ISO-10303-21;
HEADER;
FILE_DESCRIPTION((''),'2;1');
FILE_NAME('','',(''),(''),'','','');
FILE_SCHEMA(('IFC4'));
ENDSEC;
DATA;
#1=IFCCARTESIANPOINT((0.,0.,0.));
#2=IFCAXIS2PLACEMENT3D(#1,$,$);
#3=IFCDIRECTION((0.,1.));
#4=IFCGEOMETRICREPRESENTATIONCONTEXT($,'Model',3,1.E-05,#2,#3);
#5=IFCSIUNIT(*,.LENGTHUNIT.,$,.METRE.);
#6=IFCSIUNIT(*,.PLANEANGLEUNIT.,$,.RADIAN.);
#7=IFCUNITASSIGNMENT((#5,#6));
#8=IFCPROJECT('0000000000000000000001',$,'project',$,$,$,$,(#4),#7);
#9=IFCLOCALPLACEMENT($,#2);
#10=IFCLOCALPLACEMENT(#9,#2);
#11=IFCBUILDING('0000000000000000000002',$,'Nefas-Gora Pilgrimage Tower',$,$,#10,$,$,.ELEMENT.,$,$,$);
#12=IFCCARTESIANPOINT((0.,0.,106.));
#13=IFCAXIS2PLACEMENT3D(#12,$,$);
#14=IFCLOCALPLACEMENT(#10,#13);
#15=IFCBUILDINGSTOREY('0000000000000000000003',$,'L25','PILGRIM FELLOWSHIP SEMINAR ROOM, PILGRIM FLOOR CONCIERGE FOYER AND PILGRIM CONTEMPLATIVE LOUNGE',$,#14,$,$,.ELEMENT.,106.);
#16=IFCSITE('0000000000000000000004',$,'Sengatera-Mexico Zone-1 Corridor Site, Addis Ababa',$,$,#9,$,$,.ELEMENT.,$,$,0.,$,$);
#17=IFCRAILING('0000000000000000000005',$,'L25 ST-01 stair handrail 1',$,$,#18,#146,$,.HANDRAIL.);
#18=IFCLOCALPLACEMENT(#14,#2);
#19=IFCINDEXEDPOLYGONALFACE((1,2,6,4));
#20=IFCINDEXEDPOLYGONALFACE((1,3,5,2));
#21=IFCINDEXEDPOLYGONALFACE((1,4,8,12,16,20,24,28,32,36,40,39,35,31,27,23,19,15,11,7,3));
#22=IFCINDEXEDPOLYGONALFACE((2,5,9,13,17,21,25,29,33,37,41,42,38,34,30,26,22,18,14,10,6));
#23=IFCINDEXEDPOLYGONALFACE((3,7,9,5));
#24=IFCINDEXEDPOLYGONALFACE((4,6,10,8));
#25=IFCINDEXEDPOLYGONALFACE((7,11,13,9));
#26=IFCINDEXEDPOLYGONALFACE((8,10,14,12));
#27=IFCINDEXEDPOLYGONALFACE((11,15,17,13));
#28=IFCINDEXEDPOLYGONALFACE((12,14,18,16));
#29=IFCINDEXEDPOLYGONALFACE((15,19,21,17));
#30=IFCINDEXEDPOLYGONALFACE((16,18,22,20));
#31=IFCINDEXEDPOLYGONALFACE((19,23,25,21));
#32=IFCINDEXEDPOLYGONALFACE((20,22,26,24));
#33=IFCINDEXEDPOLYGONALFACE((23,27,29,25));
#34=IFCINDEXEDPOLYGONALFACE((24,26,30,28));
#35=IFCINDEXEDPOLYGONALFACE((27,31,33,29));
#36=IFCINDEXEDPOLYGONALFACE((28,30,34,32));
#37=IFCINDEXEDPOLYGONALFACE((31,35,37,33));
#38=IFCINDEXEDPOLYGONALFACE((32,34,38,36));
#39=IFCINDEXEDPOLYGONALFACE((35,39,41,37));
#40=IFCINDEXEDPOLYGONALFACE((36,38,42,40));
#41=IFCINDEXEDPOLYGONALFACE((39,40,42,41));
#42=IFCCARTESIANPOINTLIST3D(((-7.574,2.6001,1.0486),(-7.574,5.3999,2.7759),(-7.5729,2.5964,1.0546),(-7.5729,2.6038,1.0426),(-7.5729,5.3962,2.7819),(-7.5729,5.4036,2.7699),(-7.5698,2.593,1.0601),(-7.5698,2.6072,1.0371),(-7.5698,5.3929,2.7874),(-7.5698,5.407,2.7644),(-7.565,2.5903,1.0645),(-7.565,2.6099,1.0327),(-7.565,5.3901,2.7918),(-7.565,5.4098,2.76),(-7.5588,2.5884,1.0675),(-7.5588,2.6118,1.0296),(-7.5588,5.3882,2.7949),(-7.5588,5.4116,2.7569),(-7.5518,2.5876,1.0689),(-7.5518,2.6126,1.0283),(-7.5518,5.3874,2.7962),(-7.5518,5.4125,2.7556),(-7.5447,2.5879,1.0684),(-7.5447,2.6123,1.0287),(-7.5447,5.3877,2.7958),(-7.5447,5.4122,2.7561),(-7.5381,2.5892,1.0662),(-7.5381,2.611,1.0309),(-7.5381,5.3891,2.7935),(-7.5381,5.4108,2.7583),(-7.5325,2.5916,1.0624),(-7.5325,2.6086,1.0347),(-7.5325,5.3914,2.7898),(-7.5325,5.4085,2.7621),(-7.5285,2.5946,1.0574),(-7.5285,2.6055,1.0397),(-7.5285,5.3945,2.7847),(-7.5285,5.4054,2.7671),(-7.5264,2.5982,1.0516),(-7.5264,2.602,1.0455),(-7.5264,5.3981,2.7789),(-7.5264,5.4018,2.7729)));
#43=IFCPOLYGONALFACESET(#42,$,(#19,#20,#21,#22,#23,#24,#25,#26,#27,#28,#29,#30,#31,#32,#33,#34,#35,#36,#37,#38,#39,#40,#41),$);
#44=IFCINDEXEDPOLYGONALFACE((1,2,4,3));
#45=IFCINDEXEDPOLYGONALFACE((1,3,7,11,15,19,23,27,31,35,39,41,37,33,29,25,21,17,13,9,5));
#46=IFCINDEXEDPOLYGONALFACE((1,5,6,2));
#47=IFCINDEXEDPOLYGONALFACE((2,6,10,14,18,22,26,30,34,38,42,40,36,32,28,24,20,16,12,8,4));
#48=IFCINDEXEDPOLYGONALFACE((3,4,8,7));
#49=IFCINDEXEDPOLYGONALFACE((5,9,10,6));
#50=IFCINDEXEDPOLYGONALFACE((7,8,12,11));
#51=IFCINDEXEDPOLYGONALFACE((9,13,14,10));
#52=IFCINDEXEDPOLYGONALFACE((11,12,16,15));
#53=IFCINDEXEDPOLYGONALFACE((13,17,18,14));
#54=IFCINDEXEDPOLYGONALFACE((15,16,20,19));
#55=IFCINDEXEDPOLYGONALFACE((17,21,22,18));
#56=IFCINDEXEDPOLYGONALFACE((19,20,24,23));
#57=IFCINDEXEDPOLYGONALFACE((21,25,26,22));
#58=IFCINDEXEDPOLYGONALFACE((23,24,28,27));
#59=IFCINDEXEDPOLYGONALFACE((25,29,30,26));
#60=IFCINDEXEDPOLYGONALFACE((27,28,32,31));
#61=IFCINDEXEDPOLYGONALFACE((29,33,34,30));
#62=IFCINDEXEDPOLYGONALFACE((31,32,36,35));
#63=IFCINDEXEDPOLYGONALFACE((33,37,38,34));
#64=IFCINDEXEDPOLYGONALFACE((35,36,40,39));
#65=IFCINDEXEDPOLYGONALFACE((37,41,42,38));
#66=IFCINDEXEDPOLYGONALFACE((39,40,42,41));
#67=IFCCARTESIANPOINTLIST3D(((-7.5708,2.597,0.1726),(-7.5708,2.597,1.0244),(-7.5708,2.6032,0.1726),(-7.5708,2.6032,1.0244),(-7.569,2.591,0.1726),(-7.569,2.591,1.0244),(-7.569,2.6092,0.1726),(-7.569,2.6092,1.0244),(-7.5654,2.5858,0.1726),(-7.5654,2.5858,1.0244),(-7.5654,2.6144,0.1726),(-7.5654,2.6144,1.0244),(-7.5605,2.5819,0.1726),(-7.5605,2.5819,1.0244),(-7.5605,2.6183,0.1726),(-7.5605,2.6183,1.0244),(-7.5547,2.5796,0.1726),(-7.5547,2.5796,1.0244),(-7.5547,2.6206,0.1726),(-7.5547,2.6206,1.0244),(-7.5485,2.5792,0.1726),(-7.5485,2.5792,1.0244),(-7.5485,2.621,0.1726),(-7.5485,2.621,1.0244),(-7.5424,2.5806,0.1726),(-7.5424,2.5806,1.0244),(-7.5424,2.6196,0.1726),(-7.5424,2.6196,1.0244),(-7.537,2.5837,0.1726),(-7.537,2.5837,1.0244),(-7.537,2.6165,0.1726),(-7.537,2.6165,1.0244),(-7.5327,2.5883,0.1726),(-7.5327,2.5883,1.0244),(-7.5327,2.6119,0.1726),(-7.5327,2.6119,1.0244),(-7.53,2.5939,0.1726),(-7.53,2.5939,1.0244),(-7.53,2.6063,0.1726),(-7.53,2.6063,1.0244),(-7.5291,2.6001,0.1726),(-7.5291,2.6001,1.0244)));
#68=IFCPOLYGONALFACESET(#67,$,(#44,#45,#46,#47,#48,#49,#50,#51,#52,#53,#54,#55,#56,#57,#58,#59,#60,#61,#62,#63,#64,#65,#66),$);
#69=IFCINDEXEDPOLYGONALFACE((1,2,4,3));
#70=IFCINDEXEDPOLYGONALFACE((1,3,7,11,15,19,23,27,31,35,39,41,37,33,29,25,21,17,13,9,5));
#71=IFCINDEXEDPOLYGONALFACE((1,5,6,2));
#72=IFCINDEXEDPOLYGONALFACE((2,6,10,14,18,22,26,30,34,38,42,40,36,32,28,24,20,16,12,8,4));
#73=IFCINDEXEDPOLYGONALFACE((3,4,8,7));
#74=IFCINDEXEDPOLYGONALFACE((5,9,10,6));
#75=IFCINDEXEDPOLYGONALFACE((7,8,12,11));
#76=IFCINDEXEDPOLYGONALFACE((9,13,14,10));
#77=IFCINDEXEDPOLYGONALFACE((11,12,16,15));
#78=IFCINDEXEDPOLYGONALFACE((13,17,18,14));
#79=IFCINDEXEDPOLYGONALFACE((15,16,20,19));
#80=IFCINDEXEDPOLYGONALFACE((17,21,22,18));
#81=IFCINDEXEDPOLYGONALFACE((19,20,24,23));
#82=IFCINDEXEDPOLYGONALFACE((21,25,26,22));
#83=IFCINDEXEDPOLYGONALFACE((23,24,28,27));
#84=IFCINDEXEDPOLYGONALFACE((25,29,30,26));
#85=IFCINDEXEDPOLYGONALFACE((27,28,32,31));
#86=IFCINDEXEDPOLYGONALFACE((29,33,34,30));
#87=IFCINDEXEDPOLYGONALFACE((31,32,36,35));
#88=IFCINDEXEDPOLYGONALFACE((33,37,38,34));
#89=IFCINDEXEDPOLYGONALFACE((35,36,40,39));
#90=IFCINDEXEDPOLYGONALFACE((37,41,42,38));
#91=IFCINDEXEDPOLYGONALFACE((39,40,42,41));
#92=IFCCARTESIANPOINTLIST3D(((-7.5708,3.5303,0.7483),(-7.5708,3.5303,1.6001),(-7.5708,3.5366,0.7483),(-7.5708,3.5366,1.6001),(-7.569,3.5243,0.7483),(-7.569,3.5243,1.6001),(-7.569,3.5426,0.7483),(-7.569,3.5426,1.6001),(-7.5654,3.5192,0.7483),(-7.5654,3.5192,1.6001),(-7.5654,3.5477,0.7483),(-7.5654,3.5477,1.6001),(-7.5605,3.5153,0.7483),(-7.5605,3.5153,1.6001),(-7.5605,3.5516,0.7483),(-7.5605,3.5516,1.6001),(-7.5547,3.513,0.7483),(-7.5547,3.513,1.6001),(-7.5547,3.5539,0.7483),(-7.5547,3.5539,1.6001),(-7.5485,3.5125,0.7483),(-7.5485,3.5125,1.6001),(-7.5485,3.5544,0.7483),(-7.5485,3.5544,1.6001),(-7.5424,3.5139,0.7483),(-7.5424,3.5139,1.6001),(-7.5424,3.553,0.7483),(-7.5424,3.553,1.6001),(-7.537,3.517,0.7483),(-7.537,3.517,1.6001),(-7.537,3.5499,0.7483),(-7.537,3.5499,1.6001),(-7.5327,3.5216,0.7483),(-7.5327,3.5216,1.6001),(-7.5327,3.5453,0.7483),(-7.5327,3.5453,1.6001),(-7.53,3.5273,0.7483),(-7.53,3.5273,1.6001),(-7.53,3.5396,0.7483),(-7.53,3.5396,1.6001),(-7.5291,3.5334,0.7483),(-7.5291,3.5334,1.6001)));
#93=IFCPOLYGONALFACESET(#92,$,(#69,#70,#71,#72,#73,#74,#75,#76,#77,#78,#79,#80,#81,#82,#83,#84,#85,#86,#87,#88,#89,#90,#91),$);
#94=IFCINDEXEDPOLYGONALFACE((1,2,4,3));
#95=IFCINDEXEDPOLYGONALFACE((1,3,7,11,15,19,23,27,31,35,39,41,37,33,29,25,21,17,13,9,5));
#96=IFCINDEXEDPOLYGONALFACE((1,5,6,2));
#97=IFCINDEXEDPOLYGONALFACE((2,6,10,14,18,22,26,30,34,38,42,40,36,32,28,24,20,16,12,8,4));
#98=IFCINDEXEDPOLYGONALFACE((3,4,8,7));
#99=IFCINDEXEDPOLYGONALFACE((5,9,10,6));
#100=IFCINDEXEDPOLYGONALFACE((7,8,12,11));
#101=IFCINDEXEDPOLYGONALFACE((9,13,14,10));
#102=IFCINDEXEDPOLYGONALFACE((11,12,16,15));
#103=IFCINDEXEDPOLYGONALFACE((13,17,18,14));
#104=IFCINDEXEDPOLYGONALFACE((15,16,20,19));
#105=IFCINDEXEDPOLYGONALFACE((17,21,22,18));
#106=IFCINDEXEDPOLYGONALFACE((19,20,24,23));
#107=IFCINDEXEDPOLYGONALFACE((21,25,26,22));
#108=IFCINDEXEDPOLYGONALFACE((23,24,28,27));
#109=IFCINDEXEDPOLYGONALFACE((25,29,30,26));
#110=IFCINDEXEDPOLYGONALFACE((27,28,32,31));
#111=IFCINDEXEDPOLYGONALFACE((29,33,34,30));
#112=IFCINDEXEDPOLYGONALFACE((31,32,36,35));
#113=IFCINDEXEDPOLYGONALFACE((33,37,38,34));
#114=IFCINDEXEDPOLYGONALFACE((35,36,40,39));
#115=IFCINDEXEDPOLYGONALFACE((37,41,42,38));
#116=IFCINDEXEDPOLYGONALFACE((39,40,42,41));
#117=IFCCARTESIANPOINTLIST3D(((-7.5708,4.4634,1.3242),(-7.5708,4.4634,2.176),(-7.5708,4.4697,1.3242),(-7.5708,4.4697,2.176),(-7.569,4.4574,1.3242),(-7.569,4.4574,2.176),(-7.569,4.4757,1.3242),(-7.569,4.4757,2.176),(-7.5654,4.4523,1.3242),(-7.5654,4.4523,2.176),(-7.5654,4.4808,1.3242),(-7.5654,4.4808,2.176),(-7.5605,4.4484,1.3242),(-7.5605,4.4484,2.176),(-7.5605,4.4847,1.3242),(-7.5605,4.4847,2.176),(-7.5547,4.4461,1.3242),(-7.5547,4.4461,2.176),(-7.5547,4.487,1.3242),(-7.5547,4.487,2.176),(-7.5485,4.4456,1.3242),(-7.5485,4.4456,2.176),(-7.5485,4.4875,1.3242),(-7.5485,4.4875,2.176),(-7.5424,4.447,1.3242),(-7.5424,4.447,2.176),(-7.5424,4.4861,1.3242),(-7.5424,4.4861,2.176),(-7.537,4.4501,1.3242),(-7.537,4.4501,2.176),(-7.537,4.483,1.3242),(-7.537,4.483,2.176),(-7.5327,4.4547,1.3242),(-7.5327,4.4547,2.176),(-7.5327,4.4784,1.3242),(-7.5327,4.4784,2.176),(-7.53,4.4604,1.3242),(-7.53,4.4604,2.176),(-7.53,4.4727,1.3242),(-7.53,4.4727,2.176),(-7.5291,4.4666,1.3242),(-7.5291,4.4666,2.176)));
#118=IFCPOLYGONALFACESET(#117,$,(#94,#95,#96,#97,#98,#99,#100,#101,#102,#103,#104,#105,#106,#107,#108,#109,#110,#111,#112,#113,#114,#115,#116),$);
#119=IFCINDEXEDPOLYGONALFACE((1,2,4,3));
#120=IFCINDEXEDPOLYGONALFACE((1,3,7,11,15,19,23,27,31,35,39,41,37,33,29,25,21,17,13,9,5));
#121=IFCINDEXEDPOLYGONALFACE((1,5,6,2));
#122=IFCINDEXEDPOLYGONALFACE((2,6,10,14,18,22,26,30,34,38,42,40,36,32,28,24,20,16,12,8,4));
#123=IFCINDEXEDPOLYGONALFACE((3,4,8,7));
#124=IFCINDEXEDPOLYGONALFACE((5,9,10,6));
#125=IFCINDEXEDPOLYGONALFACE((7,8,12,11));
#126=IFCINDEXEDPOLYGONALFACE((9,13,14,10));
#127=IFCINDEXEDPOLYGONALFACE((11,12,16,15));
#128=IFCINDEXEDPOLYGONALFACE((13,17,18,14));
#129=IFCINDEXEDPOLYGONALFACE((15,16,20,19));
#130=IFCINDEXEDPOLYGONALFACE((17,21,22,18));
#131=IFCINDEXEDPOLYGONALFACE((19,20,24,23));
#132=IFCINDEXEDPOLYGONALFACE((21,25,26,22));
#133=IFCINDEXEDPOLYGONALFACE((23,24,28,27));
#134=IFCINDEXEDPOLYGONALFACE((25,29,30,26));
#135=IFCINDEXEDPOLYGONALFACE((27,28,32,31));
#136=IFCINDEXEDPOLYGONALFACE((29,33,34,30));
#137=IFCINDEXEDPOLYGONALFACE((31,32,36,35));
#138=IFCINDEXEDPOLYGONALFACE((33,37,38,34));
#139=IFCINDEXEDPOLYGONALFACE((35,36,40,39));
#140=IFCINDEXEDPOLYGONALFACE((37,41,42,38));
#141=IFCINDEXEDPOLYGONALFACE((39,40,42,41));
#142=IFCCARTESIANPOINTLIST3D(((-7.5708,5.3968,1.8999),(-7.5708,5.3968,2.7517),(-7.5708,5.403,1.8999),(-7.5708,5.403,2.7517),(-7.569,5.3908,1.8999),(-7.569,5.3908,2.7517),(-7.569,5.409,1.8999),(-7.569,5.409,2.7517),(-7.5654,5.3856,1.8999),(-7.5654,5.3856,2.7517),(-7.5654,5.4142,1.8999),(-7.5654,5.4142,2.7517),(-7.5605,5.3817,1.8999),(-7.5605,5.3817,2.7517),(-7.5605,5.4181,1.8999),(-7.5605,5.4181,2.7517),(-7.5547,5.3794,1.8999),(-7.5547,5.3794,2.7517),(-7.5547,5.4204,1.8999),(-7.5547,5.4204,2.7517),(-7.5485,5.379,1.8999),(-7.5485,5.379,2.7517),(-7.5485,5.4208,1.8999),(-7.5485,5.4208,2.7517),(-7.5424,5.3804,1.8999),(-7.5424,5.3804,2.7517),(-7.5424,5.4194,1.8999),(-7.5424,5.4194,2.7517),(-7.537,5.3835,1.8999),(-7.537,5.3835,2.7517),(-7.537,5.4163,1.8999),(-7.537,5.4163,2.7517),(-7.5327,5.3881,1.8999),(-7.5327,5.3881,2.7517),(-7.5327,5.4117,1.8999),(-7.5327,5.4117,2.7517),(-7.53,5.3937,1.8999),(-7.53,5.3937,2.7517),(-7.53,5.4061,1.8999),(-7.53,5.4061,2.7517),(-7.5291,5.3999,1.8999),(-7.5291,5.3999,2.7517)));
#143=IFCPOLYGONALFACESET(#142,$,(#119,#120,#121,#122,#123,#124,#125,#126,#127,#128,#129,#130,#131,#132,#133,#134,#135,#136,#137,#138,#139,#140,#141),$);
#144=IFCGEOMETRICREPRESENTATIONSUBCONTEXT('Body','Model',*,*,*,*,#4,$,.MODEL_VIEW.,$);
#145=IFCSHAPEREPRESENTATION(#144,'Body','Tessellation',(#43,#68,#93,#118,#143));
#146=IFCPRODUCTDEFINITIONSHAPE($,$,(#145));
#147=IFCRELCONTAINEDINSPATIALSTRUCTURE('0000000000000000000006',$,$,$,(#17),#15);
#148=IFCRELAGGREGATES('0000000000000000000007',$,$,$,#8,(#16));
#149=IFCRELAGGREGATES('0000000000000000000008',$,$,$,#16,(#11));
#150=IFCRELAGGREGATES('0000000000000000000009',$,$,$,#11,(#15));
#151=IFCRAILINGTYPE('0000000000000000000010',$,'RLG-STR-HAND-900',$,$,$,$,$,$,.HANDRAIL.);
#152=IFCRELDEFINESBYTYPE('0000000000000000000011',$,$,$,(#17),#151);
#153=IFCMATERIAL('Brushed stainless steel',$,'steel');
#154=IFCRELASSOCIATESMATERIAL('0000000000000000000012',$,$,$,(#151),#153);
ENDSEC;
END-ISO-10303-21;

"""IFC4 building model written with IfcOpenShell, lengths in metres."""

from ifc_helpers import new_model, si_unit, direction, frame, origin, origin_2d, place, context, subcontext, project, spatial, circle, extrude, material, type_object, element, save


model = new_model("IFC4")

# Units and contexts
model_context = context("Model", 3, precision=1e-05, world=origin(), true_north=direction((0.0, 1.0)))
body_context = subcontext(model_context, "Body", "Model", "MODEL_VIEW")
ifc_project = project(units=[si_unit("LENGTHUNIT", "METRE"), si_unit("PLANEANGLEUNIT", "RADIAN")], contexts=[model_context])

# Site, building, storey
site_placement = place(None, origin())
site = spatial("IfcSite", under=ifc_project, at=site_placement, Name="Sengatera-Mexico Zone-1 Corridor Site, Addis Ababa", CompositionType="ELEMENT", RefElevation=0.0)
building_placement = place(site_placement, origin())
building = spatial("IfcBuilding", under=site, at=building_placement, Name="Nefas-Gora Pilgrimage Tower", CompositionType="ELEMENT")
storey_placement = place(building_placement, frame((0.0, 0.0, 106.0)))
storey = spatial("IfcBuildingStorey", under=building, at=storey_placement, Name="L25", Description="PILGRIM FELLOWSHIP SEMINAR ROOM, PILGRIM FLOOR CONCIERGE FOYER AND PILGRIM CONTEMPLATIVE LOUNGE", CompositionType="ELEMENT", Elevation=106.0)

# Railing
ifc_material_1 = material(Name="Brushed stainless steel", Category="steel")
railing_type_1 = type_object("IfcRailingType", Name="RLG-STR-HAND-900", PredefinedType="HANDRAIL", material=ifc_material_1)
railing_1_placement = place(storey_placement, frame((-7.55, 2.6001, 0.1726)))
element("IfcRailing", 1, at=railing_1_placement, inside=storey, type_object=railing_type_1, Name="L25 ST-01 stair handrail 1", PredefinedType="HANDRAIL", context=body_context, shape_type="SweptSolid", body=[
    extrude(circle(Radius=0.0239, at=origin_2d()), frame((0.0, 0.0, 0.876), z_axis=(0.0, 0.851069, 0.525054), x_axis=(-1.0, 0.0, 0.0)), (0.0, 0.0, 1.0), 3.2898),
    extrude(circle(Radius=0.021, at=origin_2d()), origin(), (0.0, 0.0, 1.0), 0.8518),
    extrude(circle(Radius=0.021, at=origin_2d()), frame((0.0, 0.9333, 0.5757)), (0.0, 0.0, 1.0), 0.8518),
    extrude(circle(Radius=0.021, at=origin_2d()), frame((0.0, 1.8665, 1.1516)), (0.0, 0.0, 1.0), 0.8518),
    extrude(circle(Radius=0.021, at=origin_2d()), frame((0.0, 2.7998, 1.7273)), (0.0, 0.0, 1.0), 0.8518),
])

save(model, "model.ifc")
